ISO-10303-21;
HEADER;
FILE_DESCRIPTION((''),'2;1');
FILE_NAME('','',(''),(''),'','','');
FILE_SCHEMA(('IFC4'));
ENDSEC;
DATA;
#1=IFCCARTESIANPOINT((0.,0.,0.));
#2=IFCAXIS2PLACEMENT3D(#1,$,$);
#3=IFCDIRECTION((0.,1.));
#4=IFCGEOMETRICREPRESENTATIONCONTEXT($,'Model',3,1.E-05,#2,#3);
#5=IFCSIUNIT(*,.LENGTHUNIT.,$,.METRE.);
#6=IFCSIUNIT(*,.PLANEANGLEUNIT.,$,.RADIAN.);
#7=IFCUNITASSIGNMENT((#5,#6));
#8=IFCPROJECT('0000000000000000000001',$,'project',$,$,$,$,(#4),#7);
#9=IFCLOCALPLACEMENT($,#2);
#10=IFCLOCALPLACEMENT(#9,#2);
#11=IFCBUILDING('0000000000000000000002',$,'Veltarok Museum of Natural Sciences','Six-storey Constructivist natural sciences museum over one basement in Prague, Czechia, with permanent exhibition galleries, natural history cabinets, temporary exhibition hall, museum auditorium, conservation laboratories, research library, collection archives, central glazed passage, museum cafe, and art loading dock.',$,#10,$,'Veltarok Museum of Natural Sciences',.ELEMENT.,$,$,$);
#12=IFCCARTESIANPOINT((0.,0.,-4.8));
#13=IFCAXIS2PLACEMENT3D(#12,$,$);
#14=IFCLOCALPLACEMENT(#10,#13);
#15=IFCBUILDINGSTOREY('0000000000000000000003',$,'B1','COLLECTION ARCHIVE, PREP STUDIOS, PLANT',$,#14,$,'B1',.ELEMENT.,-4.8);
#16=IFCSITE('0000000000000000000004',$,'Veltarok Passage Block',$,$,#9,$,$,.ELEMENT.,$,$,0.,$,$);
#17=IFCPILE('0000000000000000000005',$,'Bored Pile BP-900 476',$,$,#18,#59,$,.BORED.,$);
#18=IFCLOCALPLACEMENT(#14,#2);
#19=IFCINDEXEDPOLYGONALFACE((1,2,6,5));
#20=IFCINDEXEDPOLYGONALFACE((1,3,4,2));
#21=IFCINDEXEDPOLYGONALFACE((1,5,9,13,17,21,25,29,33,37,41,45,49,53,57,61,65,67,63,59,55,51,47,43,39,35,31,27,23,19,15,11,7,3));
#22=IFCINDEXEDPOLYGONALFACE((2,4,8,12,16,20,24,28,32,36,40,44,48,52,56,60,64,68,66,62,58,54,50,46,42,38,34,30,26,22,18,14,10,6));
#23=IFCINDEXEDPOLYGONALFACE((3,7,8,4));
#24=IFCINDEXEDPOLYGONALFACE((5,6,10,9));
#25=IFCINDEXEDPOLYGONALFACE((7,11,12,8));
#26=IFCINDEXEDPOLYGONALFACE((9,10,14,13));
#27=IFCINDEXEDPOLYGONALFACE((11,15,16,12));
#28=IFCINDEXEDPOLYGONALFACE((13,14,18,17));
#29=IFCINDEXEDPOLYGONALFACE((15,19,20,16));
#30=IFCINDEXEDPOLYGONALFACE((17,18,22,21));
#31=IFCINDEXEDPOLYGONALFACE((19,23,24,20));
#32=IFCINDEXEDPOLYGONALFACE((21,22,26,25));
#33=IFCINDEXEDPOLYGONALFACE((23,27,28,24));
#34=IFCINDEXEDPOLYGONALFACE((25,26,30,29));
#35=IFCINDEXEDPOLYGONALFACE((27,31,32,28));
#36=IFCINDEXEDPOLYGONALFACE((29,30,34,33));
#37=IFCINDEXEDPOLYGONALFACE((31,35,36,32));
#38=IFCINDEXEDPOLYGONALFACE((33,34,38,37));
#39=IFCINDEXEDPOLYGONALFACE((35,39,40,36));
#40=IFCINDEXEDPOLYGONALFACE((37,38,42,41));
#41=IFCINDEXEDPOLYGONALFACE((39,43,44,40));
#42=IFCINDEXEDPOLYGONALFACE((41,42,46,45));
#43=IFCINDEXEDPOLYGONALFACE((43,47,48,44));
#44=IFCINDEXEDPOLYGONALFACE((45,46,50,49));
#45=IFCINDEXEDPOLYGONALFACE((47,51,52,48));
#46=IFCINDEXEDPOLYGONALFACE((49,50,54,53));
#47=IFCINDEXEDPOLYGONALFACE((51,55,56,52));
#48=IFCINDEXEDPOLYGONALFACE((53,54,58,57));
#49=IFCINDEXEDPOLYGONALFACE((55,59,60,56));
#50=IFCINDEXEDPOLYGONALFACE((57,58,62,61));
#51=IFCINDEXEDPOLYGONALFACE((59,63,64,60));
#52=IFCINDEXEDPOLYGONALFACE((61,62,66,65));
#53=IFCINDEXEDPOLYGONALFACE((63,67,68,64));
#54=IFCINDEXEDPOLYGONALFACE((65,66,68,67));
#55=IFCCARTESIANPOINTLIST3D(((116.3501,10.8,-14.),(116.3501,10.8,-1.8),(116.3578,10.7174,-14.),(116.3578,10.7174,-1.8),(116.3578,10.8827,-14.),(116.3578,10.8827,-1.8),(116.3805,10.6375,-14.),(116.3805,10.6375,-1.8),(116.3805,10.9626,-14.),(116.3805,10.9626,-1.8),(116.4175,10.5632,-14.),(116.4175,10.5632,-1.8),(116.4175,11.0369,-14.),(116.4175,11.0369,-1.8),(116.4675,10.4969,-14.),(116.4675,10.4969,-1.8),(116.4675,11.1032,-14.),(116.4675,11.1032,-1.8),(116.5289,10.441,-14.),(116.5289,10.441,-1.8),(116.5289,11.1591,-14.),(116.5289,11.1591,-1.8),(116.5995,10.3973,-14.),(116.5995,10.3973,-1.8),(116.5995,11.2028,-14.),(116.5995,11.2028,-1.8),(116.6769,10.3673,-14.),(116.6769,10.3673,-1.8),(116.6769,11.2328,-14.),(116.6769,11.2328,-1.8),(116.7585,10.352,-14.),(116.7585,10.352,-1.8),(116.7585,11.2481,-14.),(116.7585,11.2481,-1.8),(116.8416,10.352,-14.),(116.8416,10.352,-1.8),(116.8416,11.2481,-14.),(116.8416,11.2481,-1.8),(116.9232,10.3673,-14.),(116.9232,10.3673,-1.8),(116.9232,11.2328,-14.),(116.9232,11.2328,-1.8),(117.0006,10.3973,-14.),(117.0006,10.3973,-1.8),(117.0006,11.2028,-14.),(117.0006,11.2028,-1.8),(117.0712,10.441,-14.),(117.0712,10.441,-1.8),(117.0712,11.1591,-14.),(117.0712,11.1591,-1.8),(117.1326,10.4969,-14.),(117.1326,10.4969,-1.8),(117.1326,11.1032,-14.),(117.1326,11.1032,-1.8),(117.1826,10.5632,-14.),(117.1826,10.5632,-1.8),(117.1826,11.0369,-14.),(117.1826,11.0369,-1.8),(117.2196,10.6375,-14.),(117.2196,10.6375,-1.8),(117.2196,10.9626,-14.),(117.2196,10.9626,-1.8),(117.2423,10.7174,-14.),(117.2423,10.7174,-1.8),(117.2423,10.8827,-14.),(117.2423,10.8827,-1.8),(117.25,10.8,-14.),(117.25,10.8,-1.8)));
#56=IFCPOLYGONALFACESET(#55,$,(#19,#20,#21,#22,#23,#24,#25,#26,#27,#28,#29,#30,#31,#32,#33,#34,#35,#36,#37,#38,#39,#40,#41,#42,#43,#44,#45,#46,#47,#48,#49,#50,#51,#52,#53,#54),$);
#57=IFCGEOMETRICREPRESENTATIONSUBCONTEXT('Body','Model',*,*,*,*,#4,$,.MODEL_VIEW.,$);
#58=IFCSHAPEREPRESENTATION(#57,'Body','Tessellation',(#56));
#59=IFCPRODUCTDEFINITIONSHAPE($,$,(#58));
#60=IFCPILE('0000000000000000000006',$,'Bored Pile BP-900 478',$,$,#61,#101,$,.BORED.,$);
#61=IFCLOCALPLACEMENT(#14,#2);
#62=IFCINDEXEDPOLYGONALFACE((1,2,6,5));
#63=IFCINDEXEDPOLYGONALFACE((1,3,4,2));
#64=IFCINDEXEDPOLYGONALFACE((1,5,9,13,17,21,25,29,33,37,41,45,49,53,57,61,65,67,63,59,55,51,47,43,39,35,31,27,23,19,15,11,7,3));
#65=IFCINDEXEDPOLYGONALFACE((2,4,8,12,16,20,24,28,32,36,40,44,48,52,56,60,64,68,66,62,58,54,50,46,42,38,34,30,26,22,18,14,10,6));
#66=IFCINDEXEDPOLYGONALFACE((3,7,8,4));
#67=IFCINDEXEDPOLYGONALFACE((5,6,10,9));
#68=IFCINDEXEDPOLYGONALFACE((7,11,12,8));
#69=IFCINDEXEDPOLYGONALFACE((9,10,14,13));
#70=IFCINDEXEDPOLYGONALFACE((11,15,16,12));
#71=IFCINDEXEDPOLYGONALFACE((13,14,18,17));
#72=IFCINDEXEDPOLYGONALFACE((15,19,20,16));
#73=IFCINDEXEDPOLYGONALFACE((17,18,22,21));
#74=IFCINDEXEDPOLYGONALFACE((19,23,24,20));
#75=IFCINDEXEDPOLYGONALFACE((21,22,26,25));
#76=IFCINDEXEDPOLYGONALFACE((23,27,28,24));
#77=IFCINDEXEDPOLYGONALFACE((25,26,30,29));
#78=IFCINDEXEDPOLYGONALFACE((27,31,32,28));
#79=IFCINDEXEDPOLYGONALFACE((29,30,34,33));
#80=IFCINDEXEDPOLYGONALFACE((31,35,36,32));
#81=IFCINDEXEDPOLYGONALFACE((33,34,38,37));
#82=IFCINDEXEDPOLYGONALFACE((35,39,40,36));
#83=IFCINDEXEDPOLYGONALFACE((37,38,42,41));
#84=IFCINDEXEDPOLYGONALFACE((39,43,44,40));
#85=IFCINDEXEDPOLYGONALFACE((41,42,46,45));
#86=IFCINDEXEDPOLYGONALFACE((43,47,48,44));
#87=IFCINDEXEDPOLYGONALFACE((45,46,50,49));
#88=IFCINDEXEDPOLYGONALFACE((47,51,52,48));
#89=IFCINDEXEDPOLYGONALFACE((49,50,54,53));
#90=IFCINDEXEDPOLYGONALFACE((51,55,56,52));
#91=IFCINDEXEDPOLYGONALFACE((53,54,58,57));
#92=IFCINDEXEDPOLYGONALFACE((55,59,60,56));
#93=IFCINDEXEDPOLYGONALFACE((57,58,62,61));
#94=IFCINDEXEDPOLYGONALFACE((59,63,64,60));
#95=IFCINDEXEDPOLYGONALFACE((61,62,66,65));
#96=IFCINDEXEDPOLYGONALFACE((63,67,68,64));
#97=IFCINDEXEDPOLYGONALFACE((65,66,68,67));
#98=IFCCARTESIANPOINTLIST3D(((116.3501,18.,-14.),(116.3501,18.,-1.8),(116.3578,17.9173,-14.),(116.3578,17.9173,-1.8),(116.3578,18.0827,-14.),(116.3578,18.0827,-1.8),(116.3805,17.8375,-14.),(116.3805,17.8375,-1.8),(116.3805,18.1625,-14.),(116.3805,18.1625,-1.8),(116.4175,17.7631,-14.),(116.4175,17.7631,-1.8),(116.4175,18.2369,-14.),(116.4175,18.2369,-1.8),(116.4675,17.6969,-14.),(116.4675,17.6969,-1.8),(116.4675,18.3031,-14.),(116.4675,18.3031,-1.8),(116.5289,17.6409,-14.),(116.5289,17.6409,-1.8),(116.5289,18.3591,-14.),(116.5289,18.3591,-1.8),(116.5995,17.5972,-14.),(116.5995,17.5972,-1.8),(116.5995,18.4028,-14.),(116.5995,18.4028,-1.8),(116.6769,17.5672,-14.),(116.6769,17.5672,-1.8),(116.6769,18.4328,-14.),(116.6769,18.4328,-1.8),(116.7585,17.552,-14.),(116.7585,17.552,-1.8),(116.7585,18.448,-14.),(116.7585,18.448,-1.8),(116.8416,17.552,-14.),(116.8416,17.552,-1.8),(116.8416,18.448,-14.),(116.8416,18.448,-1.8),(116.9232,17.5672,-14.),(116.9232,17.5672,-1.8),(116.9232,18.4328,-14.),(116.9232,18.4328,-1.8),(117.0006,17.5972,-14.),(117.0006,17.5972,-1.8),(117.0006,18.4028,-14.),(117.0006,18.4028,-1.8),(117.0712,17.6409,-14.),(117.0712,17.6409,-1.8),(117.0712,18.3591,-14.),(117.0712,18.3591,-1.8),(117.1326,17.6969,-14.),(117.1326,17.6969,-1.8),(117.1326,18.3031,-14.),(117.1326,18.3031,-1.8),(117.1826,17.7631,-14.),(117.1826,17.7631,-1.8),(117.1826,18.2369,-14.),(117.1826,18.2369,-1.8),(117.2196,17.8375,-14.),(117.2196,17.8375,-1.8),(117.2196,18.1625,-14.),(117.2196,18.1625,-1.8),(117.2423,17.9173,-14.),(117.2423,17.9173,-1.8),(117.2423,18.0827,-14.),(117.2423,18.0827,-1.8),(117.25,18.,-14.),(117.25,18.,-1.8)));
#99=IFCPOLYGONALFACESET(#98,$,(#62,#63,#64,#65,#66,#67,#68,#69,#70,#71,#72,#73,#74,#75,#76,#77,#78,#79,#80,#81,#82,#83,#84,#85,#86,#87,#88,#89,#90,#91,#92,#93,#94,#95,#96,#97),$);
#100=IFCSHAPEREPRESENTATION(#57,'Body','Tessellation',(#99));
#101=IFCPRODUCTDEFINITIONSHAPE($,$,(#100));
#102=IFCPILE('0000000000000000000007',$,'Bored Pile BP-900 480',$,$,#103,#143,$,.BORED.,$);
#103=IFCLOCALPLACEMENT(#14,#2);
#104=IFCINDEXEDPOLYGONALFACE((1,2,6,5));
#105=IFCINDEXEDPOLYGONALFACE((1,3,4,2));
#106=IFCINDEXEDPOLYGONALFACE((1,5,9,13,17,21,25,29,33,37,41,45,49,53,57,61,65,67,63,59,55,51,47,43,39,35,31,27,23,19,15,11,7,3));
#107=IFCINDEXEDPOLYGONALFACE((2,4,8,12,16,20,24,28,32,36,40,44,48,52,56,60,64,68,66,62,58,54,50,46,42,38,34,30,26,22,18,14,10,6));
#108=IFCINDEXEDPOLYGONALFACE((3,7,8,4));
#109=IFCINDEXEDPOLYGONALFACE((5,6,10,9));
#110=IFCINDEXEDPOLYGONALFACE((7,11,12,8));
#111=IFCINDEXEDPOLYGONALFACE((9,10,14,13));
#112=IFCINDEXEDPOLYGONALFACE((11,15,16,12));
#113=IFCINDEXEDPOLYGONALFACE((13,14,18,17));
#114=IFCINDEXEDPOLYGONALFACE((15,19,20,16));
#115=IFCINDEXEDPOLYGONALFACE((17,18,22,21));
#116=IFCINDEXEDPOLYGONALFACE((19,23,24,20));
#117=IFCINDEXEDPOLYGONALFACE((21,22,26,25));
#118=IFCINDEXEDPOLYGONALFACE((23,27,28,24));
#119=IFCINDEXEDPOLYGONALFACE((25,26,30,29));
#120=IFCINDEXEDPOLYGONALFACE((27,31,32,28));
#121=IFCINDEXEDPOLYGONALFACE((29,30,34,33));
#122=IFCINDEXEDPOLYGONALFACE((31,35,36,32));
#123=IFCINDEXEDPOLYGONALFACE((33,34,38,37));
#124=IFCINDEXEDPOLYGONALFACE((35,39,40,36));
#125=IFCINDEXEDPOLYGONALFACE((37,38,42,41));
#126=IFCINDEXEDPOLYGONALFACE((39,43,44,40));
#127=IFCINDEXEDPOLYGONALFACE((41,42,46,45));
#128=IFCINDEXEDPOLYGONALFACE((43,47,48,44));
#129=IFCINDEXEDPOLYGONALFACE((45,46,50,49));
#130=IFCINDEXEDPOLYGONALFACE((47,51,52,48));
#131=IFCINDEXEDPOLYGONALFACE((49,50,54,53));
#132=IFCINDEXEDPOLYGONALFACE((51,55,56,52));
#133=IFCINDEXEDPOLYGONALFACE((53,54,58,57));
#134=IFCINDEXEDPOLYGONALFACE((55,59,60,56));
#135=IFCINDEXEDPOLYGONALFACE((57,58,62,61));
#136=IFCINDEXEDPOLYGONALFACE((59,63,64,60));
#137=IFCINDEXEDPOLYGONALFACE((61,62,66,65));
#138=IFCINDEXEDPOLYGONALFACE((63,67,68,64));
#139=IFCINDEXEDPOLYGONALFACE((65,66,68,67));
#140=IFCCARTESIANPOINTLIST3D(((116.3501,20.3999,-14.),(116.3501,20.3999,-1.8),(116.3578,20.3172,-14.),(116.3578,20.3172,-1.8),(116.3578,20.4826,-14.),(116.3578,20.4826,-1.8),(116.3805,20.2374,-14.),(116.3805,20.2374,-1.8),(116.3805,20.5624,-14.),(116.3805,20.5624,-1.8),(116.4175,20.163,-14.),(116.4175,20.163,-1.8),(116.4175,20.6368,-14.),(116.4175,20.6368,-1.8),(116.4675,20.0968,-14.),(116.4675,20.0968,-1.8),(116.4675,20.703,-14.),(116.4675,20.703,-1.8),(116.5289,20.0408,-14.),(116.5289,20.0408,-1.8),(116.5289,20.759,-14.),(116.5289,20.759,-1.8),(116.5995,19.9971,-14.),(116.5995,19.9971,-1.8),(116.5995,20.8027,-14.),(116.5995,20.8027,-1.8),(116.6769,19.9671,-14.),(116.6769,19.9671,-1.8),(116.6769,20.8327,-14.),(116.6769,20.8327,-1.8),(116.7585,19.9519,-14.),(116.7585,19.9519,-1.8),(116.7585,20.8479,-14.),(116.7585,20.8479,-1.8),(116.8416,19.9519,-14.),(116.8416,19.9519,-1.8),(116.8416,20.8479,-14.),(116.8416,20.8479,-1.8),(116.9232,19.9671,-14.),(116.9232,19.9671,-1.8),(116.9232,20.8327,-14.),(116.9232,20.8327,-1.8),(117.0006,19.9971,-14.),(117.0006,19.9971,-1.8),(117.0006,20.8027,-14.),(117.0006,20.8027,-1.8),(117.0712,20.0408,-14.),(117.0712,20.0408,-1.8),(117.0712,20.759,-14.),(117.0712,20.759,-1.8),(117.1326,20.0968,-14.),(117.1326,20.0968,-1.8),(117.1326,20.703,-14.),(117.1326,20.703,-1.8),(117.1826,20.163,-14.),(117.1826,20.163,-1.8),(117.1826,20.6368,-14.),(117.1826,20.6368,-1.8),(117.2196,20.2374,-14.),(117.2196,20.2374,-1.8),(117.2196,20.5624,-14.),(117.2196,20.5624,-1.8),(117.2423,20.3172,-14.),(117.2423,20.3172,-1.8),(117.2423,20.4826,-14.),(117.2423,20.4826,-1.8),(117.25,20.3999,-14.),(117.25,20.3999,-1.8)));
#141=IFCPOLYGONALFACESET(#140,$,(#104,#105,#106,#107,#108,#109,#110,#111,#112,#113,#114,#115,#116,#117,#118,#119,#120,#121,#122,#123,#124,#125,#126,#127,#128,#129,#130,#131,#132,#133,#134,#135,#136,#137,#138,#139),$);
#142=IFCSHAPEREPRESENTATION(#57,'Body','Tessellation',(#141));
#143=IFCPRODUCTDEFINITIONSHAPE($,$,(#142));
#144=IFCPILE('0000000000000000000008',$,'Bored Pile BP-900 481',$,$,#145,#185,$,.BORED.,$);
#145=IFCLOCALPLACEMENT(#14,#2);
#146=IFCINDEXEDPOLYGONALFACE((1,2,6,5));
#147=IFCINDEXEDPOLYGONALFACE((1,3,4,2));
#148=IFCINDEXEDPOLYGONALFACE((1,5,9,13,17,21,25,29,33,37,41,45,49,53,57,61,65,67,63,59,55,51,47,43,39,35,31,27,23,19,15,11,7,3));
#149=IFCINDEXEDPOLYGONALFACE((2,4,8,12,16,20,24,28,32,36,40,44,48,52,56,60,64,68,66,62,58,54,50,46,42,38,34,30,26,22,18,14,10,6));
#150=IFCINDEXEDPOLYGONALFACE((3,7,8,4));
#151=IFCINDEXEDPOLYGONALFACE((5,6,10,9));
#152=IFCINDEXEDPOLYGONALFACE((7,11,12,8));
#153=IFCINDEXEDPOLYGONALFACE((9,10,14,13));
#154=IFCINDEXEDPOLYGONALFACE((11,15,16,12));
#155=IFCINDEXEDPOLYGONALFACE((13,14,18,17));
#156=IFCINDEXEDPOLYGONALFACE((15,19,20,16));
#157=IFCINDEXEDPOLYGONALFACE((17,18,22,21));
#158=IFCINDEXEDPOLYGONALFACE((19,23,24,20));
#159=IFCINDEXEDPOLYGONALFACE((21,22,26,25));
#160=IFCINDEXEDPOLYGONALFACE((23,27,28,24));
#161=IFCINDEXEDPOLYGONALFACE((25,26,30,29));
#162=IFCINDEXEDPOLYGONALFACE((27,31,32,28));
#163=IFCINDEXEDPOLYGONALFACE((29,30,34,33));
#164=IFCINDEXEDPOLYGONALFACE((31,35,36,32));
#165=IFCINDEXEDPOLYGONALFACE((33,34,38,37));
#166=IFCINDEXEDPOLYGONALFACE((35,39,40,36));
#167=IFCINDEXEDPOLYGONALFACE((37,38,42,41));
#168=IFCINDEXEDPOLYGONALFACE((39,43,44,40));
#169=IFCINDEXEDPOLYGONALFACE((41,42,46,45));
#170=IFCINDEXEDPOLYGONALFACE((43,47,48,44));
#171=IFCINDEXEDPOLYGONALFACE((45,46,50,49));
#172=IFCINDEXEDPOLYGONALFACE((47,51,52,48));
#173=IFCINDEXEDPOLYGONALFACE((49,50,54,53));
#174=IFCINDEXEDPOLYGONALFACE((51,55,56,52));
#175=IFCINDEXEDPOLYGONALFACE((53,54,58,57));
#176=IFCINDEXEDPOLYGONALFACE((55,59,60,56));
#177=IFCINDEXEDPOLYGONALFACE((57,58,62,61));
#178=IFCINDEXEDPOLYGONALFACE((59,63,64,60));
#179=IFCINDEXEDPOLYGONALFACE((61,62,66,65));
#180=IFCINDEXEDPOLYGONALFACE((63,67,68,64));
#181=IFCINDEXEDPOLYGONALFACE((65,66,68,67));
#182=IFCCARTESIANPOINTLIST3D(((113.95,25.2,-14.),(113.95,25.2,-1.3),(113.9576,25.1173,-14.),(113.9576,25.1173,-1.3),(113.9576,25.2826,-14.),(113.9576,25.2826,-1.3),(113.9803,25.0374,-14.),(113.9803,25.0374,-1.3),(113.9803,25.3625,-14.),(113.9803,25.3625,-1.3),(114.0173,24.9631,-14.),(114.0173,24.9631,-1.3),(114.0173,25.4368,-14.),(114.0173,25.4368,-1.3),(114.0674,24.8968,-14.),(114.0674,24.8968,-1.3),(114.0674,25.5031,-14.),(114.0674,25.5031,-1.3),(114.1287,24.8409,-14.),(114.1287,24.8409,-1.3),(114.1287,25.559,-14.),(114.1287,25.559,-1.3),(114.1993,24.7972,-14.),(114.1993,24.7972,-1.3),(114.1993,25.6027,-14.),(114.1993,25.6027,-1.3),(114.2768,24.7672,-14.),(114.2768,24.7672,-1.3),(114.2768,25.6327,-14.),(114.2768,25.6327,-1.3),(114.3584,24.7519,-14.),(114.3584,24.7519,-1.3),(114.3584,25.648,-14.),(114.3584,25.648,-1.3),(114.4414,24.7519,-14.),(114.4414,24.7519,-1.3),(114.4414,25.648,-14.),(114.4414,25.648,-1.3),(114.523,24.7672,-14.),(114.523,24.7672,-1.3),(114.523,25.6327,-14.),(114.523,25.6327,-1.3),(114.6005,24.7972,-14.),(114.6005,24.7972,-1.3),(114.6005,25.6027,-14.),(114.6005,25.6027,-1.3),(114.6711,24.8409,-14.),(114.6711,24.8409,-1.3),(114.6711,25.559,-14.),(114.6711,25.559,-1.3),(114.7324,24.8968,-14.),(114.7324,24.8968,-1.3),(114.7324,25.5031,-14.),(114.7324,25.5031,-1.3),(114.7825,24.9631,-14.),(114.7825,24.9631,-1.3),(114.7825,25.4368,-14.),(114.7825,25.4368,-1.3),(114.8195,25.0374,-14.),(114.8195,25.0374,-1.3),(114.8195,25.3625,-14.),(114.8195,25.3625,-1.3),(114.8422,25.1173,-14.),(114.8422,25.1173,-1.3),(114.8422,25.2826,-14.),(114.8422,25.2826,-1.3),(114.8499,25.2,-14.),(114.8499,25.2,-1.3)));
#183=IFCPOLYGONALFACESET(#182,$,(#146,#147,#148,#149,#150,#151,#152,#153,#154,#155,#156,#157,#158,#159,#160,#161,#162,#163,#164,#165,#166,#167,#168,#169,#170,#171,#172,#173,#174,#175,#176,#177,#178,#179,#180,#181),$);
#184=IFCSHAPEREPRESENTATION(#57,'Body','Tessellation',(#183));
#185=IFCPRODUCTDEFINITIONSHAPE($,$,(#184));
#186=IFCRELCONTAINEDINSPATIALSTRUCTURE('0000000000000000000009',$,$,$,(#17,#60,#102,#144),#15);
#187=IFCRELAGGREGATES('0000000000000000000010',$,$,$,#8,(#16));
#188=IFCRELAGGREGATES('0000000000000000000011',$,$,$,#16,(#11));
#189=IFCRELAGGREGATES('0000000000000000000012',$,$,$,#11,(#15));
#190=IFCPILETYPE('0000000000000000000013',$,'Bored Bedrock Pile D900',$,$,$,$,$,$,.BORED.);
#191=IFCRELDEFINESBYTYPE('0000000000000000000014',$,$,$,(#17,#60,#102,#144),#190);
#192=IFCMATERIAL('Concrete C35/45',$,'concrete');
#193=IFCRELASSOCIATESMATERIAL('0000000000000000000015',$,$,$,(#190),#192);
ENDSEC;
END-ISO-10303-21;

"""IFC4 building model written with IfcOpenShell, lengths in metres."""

from ifc_helpers import new_model, si_unit, direction, frame, origin, origin_2d, place, context, subcontext, project, spatial, circle, extrude, material, material_profile, profile_set, type_object, element, save


model = new_model("IFC4")

# Units and contexts
model_context = context("Model", 3, precision=1e-05, world=origin(), true_north=direction((0.0, 1.0)))
body_context = subcontext(model_context, "Body", "Model", "MODEL_VIEW")
ifc_project = project(units=[si_unit("LENGTHUNIT", "METRE"), si_unit("PLANEANGLEUNIT", "RADIAN")], contexts=[model_context])

# Site, building, storey
site_placement = place(None, origin())
site = spatial("IfcSite", under=ifc_project, at=site_placement, Name="Veltarok Passage Block", CompositionType="ELEMENT", RefElevation=0.0)
building_placement = place(site_placement, origin())
building = spatial("IfcBuilding", under=site, at=building_placement, Name="Veltarok Museum of Natural Sciences", Description="Six-storey Constructivist natural sciences museum over one basement in Prague, Czechia, with permanent exhibition galleries, natural history cabinets, temporary exhibition hall, museum auditorium, conservation laboratories, research library, collection archives, central glazed passage, museum cafe, and art loading dock.", LongName="Veltarok Museum of Natural Sciences", CompositionType="ELEMENT")
storey_placement = place(building_placement, frame((0.0, 0.0, -4.8)))
storey = spatial("IfcBuildingStorey", under=building, at=storey_placement, Name="B1", Description="COLLECTION ARCHIVE, PREP STUDIOS, PLANT", LongName="B1", CompositionType="ELEMENT", Elevation=-4.8)

# Piles
ifc_material_1 = material(Name="Concrete C35/45", Category="concrete")
ifc_material_profile_1 = material_profile(ifc_material_1, circle(Radius=0.45, at=origin_2d()), Name="BP D900")
ifc_profile_set_1 = profile_set([ifc_material_profile_1], Name="Concrete C35/45")
pile_type = type_object("IfcPileType", Name="Bored Bedrock Pile D900", PredefinedType="BORED", material=ifc_profile_set_1)
for number, where, z_axis, x_axis, name in (
    (1, (116.8, 10.8, -1.8), (0.0, 0.0, -1.0), (1.0, 0.0, 0.0), "Bored Pile BP-900 476"),
    (2, (116.8, 18.0, -1.8), (0.0, 0.0, -1.0), (1.0, 0.0, 0.0), "Bored Pile BP-900 478"),
    (3, (116.8, 20.3999, -1.8), (0.0, 0.0, -1.0), (1.0, 0.0, 0.0), "Bored Pile BP-900 480"),
):
    element("IfcPile", number, at=place(storey_placement, frame(where, z_axis=z_axis, x_axis=x_axis)), inside=storey, type_object=pile_type, Name=name, PredefinedType="BORED", context=body_context, shape_type="SweptSolid", body=[
        extrude(circle(Radius=0.45, at=origin_2d()), origin(), (0.0, 0.0, 1.0), 12.2),
    ])
for number, where, z_axis, x_axis, name in (
    (4, (114.3999, 25.2, -1.3), (0.0, 0.0, -1.0), (1.0, 0.0, 0.0), "Bored Pile BP-900 481"),
):
    element("IfcPile", number, at=place(storey_placement, frame(where, z_axis=z_axis, x_axis=x_axis)), inside=storey, type_object=pile_type, Name=name, PredefinedType="BORED", context=body_context, shape_type="SweptSolid", body=[
        extrude(circle(Radius=0.45, at=origin_2d()), origin(), (0.0, 0.0, 1.0), 12.7),
    ])

save(model, "model.ifc")
